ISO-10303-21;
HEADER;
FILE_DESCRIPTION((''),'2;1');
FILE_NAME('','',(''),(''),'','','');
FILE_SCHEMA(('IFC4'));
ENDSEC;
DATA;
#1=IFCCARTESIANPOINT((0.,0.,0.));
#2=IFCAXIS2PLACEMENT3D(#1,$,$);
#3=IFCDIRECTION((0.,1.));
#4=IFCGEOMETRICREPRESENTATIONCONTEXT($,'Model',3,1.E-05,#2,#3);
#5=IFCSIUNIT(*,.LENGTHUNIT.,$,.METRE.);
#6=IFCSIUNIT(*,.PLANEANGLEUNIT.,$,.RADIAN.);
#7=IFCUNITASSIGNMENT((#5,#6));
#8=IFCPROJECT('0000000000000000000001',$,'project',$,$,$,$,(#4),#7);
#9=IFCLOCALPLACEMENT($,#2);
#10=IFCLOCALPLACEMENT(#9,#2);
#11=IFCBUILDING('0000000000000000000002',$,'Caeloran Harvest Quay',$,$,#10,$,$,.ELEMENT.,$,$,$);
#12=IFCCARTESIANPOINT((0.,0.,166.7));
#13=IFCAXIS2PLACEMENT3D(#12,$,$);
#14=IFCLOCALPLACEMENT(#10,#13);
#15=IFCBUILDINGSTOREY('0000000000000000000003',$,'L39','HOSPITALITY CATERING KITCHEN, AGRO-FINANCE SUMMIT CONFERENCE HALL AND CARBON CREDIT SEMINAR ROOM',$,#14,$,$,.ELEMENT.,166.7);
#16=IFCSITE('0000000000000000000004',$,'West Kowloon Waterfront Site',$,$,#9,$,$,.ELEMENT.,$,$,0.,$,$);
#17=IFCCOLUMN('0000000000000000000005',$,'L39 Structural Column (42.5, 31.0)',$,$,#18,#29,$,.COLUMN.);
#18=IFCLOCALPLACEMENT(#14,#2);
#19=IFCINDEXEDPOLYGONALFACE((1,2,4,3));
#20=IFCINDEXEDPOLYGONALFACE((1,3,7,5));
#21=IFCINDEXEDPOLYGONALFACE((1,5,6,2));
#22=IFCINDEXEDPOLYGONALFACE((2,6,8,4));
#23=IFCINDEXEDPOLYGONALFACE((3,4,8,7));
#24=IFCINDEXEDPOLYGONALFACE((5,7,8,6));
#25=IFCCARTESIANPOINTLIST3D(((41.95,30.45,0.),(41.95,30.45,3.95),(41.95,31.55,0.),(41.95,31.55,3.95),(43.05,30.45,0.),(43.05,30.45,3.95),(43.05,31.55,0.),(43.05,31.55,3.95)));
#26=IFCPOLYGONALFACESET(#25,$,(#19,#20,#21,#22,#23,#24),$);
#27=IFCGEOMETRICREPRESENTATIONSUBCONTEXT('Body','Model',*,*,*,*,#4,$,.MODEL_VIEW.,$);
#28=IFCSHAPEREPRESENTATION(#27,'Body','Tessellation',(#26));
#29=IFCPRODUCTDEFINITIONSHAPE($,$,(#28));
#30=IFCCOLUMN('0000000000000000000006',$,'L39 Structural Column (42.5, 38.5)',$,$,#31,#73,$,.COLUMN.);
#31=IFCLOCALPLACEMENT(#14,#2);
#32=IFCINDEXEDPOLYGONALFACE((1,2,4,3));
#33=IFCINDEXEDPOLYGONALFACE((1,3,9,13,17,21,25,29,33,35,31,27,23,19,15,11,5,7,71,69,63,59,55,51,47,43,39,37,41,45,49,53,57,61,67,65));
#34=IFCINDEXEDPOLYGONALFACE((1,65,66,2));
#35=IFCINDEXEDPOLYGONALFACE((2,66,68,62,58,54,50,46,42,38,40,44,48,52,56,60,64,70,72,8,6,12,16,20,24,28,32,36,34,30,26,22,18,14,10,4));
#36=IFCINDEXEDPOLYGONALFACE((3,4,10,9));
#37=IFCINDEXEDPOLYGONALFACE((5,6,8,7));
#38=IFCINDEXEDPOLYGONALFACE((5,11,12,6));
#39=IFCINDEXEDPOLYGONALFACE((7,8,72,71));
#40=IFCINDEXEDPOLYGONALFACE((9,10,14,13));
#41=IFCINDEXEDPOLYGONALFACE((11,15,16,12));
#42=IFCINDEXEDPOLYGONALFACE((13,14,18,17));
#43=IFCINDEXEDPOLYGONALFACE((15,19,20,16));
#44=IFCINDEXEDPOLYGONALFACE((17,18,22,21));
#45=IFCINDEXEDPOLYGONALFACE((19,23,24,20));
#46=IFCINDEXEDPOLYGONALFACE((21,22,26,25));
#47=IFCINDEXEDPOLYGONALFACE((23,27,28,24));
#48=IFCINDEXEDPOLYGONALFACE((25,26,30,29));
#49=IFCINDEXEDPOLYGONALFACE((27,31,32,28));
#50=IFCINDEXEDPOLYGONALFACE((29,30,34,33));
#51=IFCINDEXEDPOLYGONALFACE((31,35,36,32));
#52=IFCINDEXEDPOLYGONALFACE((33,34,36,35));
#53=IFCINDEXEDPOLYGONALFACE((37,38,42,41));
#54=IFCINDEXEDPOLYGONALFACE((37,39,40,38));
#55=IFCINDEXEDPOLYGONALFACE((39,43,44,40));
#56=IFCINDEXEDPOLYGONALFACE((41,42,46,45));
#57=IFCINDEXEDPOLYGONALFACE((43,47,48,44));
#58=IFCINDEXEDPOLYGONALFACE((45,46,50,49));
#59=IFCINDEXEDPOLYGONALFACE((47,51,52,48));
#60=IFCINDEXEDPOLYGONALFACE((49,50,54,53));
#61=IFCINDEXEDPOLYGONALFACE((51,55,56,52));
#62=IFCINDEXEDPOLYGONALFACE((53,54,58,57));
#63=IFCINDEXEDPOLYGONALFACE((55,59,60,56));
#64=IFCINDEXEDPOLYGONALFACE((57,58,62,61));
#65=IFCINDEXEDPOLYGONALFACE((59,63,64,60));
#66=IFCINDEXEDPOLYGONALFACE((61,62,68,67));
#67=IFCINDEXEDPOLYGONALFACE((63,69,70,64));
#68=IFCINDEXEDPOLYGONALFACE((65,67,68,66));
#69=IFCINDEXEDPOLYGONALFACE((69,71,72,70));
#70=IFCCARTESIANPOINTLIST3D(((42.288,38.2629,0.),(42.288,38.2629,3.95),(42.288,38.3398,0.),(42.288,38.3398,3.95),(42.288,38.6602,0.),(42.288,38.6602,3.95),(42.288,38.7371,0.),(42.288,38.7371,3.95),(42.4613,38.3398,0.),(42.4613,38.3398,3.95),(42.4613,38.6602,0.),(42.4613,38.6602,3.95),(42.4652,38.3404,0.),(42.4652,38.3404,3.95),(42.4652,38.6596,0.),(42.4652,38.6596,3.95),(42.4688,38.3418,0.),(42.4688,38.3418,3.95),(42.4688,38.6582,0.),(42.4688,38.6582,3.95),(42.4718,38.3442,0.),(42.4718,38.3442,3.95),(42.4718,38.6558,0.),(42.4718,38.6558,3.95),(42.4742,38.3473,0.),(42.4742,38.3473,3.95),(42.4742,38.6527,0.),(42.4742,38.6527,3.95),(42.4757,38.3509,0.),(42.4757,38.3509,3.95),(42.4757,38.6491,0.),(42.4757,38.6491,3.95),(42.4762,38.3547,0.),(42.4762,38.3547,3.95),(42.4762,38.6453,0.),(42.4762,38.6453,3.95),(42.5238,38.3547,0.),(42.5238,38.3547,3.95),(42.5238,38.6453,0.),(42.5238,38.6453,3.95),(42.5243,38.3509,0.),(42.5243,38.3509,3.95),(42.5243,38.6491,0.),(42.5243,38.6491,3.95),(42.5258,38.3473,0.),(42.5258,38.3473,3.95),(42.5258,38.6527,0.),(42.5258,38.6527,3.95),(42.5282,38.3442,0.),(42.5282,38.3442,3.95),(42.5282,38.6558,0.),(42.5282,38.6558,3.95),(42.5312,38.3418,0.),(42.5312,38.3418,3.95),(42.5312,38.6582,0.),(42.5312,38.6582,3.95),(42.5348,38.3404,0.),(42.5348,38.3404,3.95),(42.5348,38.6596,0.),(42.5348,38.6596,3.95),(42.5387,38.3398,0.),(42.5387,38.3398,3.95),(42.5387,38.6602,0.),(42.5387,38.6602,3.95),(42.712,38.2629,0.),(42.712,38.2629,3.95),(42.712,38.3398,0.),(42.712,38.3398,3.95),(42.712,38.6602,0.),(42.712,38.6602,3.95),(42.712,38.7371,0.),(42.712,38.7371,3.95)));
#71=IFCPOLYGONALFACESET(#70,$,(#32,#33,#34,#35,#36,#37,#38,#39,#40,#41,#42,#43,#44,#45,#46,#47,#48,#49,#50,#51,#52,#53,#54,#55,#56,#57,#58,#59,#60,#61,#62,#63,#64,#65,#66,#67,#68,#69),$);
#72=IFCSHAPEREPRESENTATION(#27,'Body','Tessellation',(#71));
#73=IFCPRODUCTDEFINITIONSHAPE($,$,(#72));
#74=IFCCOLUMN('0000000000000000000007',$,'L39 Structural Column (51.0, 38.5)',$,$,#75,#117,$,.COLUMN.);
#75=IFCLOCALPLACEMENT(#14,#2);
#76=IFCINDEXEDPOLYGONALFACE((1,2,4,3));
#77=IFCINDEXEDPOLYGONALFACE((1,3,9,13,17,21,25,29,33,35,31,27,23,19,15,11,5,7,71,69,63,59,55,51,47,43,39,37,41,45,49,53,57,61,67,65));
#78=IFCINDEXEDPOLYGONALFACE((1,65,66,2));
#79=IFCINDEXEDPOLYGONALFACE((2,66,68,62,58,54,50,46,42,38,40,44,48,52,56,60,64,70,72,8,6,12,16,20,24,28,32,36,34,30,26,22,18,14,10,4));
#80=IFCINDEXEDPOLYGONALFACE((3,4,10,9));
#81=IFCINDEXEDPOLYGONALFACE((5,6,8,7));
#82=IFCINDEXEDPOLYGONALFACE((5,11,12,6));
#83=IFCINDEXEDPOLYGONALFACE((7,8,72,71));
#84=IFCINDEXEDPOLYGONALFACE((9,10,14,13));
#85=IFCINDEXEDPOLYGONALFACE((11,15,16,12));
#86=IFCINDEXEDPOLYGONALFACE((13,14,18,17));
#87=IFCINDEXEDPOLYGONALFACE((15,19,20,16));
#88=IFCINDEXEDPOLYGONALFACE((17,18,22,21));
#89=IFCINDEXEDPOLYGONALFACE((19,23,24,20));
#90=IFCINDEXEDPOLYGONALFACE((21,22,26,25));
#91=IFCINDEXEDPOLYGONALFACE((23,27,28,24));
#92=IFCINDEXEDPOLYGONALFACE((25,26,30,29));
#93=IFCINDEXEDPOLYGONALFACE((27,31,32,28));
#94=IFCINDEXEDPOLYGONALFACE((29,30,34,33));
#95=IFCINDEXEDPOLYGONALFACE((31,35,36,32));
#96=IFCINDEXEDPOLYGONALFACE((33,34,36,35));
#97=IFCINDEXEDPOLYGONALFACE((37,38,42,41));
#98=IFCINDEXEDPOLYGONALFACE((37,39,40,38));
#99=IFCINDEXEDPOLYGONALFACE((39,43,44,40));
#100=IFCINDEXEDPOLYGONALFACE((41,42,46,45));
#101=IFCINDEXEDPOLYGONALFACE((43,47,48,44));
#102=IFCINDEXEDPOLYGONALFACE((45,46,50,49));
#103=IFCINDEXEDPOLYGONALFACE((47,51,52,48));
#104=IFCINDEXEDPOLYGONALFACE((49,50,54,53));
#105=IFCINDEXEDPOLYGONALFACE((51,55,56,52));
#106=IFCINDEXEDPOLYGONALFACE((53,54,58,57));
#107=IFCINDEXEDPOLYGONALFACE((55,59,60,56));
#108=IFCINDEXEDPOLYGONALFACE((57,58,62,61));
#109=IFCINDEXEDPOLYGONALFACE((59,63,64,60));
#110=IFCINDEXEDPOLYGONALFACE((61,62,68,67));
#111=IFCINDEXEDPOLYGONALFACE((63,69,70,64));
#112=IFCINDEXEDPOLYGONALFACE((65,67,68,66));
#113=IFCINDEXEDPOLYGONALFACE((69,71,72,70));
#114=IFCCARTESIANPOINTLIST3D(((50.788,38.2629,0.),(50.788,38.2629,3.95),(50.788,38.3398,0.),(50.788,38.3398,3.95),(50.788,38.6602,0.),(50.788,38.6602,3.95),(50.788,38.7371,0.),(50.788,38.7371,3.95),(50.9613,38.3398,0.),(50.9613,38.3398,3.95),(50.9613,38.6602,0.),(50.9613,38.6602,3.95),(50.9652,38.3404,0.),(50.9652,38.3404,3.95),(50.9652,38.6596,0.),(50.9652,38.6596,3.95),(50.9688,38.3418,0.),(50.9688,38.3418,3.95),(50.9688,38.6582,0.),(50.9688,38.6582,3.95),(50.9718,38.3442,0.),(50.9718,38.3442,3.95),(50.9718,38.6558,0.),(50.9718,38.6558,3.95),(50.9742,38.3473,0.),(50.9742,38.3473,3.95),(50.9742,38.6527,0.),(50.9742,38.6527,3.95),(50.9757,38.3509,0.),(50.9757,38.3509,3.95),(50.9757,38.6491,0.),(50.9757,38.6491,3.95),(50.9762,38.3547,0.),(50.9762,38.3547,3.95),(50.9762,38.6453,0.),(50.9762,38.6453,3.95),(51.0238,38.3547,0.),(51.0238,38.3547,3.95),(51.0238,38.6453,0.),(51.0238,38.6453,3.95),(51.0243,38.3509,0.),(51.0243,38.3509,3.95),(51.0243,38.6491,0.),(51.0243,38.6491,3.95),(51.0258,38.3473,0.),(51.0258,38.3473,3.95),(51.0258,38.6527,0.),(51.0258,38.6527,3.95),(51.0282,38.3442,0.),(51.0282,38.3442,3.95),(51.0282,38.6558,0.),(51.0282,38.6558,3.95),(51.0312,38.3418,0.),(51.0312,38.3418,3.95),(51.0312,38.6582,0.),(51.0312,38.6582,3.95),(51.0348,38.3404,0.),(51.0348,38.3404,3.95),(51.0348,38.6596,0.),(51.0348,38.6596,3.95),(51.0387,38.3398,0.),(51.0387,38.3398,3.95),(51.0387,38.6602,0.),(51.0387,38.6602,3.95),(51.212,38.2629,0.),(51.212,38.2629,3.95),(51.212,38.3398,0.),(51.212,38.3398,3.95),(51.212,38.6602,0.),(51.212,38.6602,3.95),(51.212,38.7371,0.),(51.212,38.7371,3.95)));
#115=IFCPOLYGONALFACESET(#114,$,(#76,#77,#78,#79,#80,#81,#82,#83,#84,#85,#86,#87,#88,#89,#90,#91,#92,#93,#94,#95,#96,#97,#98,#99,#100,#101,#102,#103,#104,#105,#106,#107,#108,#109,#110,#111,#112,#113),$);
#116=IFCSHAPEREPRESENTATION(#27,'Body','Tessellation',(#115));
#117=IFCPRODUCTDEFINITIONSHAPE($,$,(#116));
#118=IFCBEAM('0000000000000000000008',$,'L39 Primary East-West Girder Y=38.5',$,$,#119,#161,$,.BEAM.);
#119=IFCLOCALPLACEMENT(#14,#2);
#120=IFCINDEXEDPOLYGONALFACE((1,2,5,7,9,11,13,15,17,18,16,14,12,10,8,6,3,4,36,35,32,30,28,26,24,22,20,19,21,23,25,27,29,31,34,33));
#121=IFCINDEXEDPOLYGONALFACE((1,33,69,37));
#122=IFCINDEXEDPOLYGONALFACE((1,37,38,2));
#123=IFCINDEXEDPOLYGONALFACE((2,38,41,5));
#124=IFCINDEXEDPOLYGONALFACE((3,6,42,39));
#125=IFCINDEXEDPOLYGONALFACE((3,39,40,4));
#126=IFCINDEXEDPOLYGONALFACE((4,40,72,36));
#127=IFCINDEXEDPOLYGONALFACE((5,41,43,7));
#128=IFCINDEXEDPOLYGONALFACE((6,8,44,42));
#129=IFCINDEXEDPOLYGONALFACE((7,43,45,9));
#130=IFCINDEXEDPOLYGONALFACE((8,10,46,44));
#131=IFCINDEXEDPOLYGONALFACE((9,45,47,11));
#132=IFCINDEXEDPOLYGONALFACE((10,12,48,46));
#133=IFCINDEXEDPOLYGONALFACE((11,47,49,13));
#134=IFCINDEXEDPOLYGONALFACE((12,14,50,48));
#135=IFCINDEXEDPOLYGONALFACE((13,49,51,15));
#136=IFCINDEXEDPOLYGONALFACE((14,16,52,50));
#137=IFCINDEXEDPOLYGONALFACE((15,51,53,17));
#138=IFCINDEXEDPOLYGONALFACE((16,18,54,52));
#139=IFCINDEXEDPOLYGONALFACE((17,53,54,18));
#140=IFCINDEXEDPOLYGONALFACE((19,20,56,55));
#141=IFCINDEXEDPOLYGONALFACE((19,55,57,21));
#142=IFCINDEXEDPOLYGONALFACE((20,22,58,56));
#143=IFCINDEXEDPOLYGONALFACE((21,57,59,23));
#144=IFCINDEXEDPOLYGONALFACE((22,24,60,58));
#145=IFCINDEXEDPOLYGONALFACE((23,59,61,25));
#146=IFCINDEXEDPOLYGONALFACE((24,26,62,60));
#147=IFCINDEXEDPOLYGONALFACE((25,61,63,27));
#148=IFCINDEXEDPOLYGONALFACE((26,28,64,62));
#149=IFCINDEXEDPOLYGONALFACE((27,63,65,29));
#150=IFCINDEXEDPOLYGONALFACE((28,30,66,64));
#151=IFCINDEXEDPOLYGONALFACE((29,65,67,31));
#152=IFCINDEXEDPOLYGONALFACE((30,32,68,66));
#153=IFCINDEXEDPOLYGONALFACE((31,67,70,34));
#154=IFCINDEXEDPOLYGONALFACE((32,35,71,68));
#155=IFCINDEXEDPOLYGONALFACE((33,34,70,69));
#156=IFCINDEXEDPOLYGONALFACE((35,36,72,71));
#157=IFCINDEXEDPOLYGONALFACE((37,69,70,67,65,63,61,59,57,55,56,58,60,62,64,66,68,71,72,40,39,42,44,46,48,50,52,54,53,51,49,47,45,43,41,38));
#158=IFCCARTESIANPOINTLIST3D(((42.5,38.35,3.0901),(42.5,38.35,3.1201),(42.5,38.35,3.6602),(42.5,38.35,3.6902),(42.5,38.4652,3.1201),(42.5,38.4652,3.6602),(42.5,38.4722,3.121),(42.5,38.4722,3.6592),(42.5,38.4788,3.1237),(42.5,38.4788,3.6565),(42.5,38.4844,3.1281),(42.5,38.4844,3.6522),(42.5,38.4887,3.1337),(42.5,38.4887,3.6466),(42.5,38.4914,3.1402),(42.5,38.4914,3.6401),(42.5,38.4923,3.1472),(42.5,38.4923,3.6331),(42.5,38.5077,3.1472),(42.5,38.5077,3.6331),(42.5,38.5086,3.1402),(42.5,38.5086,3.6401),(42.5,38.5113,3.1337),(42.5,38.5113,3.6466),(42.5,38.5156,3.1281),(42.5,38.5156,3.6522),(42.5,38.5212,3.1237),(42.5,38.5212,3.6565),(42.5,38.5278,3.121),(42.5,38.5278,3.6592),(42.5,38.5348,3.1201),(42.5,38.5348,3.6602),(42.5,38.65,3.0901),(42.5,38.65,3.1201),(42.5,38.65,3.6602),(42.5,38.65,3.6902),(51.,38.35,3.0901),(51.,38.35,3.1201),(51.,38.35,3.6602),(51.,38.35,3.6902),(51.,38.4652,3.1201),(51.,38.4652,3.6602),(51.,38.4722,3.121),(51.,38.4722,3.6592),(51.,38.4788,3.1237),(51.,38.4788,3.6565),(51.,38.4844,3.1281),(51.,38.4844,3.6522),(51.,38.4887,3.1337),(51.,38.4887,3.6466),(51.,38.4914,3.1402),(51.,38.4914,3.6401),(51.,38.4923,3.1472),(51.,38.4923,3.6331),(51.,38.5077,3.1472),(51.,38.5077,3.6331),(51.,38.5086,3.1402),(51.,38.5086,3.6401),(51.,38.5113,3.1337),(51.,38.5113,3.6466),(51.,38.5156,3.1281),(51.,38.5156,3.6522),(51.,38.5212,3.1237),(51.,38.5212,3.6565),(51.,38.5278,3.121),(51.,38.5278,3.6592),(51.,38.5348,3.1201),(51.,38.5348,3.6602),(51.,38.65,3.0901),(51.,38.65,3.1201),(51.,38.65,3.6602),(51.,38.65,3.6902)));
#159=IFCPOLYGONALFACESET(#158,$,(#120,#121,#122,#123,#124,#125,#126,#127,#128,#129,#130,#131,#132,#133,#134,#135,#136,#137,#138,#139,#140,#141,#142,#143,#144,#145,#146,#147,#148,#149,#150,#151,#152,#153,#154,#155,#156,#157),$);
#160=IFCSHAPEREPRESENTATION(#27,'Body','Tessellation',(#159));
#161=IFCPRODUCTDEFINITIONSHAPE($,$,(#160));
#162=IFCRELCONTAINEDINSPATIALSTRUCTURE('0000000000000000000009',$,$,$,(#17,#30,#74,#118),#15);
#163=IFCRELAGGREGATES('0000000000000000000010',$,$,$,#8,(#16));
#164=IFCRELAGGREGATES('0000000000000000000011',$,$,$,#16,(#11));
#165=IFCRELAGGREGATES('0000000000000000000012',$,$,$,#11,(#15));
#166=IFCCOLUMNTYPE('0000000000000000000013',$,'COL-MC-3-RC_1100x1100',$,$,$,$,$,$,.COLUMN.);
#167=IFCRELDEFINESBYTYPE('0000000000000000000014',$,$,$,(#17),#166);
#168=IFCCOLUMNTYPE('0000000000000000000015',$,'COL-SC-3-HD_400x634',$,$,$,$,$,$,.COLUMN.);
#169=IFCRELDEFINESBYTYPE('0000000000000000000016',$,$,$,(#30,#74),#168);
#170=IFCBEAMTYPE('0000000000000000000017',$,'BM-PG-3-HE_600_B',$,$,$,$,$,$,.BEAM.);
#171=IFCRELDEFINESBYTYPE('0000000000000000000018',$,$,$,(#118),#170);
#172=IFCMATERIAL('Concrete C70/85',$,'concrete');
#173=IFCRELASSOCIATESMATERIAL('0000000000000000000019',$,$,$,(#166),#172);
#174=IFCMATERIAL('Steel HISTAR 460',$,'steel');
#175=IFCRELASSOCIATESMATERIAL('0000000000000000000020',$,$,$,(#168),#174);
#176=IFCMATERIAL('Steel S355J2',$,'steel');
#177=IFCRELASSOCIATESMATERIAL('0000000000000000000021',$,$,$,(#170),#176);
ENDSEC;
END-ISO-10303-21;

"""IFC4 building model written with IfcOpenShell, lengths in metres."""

from ifc_helpers import new_model, si_unit, direction, frame, origin, origin_2d, place, context, subcontext, project, spatial, rectangle, i_section, extrude, material, material_profile, profile_set, type_object, element, save


model = new_model("IFC4")

# Units and contexts
model_context = context("Model", 3, precision=1e-05, world=origin(), true_north=direction((0.0, 1.0)))
body_context = subcontext(model_context, "Body", "Model", "MODEL_VIEW")
ifc_project = project(units=[si_unit("LENGTHUNIT", "METRE"), si_unit("PLANEANGLEUNIT", "RADIAN")], contexts=[model_context])

# Site, building, storey
site_placement = place(None, origin())
site = spatial("IfcSite", under=ifc_project, at=site_placement, Name="West Kowloon Waterfront Site", CompositionType="ELEMENT", RefElevation=0.0)
building_placement = place(site_placement, origin())
building = spatial("IfcBuilding", under=site, at=building_placement, Name="Caeloran Harvest Quay", CompositionType="ELEMENT")
storey_placement = place(building_placement, frame((0.0, 0.0, 166.7)))
storey = spatial("IfcBuildingStorey", under=building, at=storey_placement, Name="L39", Description="HOSPITALITY CATERING KITCHEN, AGRO-FINANCE SUMMIT CONFERENCE HALL AND CARBON CREDIT SEMINAR ROOM", CompositionType="ELEMENT", Elevation=166.7)

# Columns
ifc_material_1 = material(Name="Concrete C70/85", Category="concrete")
ifc_material_profile_1 = material_profile(ifc_material_1, rectangle(XDim=1.1001, YDim=1.1001, at=origin_2d()), Name="RC 1100x1100")
ifc_profile_set_1 = profile_set([ifc_material_profile_1], Name="Concrete C70/85")
column_type_1 = type_object("IfcColumnType", Name="COL-MC-3-RC_1100x1100", PredefinedType="COLUMN", material=ifc_profile_set_1)
column_placement = place(storey_placement, frame((42.5, 31.0, 0.0), z_axis=(0.0, 0.0, 1.0), x_axis=(1.0, 0.0, 0.0)))
element("IfcColumn", 1, at=column_placement, inside=storey, type_object=column_type_1, Name="L39 Structural Column (42.5, 31.0)", PredefinedType="COLUMN", context=body_context, shape_type="SweptSolid", body=[
    extrude(rectangle(XDim=1.1001, YDim=1.1001, at=origin_2d()), origin(), (0.0, 0.0, 1.0), 3.95),
])
ifc_material_2 = material(Name="Steel HISTAR 460", Category="steel")
ifc_material_profile_2 = material_profile(ifc_material_2, i_section(OverallWidth=0.4241, OverallDepth=0.4741, WebThickness=0.0476, FlangeThickness=0.0769, FilletRadius=0.0149, at=origin_2d()), Name="HD 400x634")
ifc_profile_set_2 = profile_set([ifc_material_profile_2], Name="Steel HISTAR 460")
column_type_2 = type_object("IfcColumnType", Name="COL-SC-3-HD_400x634", PredefinedType="COLUMN", material=ifc_profile_set_2)
for number, where, z_axis, x_axis, name in (
    (2, (42.5, 38.5, 0.0), (0.0, 0.0, 1.0), (1.0, 0.0, 0.0), "L39 Structural Column (42.5, 38.5)"),
    (3, (51.0, 38.5, 0.0), (0.0, 0.0, 1.0), (1.0, 0.0, 0.0), "L39 Structural Column (51.0, 38.5)"),
):
    element("IfcColumn", number, at=place(storey_placement, frame(where, z_axis=z_axis, x_axis=x_axis)), inside=storey, type_object=column_type_2, Name=name, PredefinedType="COLUMN", context=body_context, shape_type="SweptSolid", body=[
        extrude(i_section(OverallWidth=0.4241, OverallDepth=0.4741, WebThickness=0.0476, FlangeThickness=0.0769, FilletRadius=0.0149, at=origin_2d()), origin(), (0.0, 0.0, 1.0), 3.95),
    ])

# Beam
ifc_material_3 = material(Name="Steel S355J2", Category="steel")
ifc_material_profile_3 = material_profile(ifc_material_3, i_section(OverallWidth=0.3, OverallDepth=0.6001, WebThickness=0.0154, FlangeThickness=0.03, FilletRadius=0.0271, at=origin_2d()), Name="HE 600 B")
ifc_profile_set_3 = profile_set([ifc_material_profile_3], Name="Steel S355J2")
beam_type = type_object("IfcBeamType", Name="BM-PG-3-HE_600_B", PredefinedType="BEAM", material=ifc_profile_set_3)
beam_1_placement = place(storey_placement, frame((42.5, 38.5, 3.3901), z_axis=(1.0, 0.0, 0.0), x_axis=(0.0, 1.0, 0.0)))
element("IfcBeam", 4, at=beam_1_placement, inside=storey, type_object=beam_type, Name="L39 Primary East-West Girder Y=38.5", PredefinedType="BEAM", context=body_context, shape_type="SweptSolid", body=[
    extrude(i_section(OverallWidth=0.3, OverallDepth=0.6001, WebThickness=0.0154, FlangeThickness=0.03, FilletRadius=0.0271, at=origin_2d()), origin(), (0.0, 0.0, 1.0), 8.5),
])

save(model, "model.ifc")
